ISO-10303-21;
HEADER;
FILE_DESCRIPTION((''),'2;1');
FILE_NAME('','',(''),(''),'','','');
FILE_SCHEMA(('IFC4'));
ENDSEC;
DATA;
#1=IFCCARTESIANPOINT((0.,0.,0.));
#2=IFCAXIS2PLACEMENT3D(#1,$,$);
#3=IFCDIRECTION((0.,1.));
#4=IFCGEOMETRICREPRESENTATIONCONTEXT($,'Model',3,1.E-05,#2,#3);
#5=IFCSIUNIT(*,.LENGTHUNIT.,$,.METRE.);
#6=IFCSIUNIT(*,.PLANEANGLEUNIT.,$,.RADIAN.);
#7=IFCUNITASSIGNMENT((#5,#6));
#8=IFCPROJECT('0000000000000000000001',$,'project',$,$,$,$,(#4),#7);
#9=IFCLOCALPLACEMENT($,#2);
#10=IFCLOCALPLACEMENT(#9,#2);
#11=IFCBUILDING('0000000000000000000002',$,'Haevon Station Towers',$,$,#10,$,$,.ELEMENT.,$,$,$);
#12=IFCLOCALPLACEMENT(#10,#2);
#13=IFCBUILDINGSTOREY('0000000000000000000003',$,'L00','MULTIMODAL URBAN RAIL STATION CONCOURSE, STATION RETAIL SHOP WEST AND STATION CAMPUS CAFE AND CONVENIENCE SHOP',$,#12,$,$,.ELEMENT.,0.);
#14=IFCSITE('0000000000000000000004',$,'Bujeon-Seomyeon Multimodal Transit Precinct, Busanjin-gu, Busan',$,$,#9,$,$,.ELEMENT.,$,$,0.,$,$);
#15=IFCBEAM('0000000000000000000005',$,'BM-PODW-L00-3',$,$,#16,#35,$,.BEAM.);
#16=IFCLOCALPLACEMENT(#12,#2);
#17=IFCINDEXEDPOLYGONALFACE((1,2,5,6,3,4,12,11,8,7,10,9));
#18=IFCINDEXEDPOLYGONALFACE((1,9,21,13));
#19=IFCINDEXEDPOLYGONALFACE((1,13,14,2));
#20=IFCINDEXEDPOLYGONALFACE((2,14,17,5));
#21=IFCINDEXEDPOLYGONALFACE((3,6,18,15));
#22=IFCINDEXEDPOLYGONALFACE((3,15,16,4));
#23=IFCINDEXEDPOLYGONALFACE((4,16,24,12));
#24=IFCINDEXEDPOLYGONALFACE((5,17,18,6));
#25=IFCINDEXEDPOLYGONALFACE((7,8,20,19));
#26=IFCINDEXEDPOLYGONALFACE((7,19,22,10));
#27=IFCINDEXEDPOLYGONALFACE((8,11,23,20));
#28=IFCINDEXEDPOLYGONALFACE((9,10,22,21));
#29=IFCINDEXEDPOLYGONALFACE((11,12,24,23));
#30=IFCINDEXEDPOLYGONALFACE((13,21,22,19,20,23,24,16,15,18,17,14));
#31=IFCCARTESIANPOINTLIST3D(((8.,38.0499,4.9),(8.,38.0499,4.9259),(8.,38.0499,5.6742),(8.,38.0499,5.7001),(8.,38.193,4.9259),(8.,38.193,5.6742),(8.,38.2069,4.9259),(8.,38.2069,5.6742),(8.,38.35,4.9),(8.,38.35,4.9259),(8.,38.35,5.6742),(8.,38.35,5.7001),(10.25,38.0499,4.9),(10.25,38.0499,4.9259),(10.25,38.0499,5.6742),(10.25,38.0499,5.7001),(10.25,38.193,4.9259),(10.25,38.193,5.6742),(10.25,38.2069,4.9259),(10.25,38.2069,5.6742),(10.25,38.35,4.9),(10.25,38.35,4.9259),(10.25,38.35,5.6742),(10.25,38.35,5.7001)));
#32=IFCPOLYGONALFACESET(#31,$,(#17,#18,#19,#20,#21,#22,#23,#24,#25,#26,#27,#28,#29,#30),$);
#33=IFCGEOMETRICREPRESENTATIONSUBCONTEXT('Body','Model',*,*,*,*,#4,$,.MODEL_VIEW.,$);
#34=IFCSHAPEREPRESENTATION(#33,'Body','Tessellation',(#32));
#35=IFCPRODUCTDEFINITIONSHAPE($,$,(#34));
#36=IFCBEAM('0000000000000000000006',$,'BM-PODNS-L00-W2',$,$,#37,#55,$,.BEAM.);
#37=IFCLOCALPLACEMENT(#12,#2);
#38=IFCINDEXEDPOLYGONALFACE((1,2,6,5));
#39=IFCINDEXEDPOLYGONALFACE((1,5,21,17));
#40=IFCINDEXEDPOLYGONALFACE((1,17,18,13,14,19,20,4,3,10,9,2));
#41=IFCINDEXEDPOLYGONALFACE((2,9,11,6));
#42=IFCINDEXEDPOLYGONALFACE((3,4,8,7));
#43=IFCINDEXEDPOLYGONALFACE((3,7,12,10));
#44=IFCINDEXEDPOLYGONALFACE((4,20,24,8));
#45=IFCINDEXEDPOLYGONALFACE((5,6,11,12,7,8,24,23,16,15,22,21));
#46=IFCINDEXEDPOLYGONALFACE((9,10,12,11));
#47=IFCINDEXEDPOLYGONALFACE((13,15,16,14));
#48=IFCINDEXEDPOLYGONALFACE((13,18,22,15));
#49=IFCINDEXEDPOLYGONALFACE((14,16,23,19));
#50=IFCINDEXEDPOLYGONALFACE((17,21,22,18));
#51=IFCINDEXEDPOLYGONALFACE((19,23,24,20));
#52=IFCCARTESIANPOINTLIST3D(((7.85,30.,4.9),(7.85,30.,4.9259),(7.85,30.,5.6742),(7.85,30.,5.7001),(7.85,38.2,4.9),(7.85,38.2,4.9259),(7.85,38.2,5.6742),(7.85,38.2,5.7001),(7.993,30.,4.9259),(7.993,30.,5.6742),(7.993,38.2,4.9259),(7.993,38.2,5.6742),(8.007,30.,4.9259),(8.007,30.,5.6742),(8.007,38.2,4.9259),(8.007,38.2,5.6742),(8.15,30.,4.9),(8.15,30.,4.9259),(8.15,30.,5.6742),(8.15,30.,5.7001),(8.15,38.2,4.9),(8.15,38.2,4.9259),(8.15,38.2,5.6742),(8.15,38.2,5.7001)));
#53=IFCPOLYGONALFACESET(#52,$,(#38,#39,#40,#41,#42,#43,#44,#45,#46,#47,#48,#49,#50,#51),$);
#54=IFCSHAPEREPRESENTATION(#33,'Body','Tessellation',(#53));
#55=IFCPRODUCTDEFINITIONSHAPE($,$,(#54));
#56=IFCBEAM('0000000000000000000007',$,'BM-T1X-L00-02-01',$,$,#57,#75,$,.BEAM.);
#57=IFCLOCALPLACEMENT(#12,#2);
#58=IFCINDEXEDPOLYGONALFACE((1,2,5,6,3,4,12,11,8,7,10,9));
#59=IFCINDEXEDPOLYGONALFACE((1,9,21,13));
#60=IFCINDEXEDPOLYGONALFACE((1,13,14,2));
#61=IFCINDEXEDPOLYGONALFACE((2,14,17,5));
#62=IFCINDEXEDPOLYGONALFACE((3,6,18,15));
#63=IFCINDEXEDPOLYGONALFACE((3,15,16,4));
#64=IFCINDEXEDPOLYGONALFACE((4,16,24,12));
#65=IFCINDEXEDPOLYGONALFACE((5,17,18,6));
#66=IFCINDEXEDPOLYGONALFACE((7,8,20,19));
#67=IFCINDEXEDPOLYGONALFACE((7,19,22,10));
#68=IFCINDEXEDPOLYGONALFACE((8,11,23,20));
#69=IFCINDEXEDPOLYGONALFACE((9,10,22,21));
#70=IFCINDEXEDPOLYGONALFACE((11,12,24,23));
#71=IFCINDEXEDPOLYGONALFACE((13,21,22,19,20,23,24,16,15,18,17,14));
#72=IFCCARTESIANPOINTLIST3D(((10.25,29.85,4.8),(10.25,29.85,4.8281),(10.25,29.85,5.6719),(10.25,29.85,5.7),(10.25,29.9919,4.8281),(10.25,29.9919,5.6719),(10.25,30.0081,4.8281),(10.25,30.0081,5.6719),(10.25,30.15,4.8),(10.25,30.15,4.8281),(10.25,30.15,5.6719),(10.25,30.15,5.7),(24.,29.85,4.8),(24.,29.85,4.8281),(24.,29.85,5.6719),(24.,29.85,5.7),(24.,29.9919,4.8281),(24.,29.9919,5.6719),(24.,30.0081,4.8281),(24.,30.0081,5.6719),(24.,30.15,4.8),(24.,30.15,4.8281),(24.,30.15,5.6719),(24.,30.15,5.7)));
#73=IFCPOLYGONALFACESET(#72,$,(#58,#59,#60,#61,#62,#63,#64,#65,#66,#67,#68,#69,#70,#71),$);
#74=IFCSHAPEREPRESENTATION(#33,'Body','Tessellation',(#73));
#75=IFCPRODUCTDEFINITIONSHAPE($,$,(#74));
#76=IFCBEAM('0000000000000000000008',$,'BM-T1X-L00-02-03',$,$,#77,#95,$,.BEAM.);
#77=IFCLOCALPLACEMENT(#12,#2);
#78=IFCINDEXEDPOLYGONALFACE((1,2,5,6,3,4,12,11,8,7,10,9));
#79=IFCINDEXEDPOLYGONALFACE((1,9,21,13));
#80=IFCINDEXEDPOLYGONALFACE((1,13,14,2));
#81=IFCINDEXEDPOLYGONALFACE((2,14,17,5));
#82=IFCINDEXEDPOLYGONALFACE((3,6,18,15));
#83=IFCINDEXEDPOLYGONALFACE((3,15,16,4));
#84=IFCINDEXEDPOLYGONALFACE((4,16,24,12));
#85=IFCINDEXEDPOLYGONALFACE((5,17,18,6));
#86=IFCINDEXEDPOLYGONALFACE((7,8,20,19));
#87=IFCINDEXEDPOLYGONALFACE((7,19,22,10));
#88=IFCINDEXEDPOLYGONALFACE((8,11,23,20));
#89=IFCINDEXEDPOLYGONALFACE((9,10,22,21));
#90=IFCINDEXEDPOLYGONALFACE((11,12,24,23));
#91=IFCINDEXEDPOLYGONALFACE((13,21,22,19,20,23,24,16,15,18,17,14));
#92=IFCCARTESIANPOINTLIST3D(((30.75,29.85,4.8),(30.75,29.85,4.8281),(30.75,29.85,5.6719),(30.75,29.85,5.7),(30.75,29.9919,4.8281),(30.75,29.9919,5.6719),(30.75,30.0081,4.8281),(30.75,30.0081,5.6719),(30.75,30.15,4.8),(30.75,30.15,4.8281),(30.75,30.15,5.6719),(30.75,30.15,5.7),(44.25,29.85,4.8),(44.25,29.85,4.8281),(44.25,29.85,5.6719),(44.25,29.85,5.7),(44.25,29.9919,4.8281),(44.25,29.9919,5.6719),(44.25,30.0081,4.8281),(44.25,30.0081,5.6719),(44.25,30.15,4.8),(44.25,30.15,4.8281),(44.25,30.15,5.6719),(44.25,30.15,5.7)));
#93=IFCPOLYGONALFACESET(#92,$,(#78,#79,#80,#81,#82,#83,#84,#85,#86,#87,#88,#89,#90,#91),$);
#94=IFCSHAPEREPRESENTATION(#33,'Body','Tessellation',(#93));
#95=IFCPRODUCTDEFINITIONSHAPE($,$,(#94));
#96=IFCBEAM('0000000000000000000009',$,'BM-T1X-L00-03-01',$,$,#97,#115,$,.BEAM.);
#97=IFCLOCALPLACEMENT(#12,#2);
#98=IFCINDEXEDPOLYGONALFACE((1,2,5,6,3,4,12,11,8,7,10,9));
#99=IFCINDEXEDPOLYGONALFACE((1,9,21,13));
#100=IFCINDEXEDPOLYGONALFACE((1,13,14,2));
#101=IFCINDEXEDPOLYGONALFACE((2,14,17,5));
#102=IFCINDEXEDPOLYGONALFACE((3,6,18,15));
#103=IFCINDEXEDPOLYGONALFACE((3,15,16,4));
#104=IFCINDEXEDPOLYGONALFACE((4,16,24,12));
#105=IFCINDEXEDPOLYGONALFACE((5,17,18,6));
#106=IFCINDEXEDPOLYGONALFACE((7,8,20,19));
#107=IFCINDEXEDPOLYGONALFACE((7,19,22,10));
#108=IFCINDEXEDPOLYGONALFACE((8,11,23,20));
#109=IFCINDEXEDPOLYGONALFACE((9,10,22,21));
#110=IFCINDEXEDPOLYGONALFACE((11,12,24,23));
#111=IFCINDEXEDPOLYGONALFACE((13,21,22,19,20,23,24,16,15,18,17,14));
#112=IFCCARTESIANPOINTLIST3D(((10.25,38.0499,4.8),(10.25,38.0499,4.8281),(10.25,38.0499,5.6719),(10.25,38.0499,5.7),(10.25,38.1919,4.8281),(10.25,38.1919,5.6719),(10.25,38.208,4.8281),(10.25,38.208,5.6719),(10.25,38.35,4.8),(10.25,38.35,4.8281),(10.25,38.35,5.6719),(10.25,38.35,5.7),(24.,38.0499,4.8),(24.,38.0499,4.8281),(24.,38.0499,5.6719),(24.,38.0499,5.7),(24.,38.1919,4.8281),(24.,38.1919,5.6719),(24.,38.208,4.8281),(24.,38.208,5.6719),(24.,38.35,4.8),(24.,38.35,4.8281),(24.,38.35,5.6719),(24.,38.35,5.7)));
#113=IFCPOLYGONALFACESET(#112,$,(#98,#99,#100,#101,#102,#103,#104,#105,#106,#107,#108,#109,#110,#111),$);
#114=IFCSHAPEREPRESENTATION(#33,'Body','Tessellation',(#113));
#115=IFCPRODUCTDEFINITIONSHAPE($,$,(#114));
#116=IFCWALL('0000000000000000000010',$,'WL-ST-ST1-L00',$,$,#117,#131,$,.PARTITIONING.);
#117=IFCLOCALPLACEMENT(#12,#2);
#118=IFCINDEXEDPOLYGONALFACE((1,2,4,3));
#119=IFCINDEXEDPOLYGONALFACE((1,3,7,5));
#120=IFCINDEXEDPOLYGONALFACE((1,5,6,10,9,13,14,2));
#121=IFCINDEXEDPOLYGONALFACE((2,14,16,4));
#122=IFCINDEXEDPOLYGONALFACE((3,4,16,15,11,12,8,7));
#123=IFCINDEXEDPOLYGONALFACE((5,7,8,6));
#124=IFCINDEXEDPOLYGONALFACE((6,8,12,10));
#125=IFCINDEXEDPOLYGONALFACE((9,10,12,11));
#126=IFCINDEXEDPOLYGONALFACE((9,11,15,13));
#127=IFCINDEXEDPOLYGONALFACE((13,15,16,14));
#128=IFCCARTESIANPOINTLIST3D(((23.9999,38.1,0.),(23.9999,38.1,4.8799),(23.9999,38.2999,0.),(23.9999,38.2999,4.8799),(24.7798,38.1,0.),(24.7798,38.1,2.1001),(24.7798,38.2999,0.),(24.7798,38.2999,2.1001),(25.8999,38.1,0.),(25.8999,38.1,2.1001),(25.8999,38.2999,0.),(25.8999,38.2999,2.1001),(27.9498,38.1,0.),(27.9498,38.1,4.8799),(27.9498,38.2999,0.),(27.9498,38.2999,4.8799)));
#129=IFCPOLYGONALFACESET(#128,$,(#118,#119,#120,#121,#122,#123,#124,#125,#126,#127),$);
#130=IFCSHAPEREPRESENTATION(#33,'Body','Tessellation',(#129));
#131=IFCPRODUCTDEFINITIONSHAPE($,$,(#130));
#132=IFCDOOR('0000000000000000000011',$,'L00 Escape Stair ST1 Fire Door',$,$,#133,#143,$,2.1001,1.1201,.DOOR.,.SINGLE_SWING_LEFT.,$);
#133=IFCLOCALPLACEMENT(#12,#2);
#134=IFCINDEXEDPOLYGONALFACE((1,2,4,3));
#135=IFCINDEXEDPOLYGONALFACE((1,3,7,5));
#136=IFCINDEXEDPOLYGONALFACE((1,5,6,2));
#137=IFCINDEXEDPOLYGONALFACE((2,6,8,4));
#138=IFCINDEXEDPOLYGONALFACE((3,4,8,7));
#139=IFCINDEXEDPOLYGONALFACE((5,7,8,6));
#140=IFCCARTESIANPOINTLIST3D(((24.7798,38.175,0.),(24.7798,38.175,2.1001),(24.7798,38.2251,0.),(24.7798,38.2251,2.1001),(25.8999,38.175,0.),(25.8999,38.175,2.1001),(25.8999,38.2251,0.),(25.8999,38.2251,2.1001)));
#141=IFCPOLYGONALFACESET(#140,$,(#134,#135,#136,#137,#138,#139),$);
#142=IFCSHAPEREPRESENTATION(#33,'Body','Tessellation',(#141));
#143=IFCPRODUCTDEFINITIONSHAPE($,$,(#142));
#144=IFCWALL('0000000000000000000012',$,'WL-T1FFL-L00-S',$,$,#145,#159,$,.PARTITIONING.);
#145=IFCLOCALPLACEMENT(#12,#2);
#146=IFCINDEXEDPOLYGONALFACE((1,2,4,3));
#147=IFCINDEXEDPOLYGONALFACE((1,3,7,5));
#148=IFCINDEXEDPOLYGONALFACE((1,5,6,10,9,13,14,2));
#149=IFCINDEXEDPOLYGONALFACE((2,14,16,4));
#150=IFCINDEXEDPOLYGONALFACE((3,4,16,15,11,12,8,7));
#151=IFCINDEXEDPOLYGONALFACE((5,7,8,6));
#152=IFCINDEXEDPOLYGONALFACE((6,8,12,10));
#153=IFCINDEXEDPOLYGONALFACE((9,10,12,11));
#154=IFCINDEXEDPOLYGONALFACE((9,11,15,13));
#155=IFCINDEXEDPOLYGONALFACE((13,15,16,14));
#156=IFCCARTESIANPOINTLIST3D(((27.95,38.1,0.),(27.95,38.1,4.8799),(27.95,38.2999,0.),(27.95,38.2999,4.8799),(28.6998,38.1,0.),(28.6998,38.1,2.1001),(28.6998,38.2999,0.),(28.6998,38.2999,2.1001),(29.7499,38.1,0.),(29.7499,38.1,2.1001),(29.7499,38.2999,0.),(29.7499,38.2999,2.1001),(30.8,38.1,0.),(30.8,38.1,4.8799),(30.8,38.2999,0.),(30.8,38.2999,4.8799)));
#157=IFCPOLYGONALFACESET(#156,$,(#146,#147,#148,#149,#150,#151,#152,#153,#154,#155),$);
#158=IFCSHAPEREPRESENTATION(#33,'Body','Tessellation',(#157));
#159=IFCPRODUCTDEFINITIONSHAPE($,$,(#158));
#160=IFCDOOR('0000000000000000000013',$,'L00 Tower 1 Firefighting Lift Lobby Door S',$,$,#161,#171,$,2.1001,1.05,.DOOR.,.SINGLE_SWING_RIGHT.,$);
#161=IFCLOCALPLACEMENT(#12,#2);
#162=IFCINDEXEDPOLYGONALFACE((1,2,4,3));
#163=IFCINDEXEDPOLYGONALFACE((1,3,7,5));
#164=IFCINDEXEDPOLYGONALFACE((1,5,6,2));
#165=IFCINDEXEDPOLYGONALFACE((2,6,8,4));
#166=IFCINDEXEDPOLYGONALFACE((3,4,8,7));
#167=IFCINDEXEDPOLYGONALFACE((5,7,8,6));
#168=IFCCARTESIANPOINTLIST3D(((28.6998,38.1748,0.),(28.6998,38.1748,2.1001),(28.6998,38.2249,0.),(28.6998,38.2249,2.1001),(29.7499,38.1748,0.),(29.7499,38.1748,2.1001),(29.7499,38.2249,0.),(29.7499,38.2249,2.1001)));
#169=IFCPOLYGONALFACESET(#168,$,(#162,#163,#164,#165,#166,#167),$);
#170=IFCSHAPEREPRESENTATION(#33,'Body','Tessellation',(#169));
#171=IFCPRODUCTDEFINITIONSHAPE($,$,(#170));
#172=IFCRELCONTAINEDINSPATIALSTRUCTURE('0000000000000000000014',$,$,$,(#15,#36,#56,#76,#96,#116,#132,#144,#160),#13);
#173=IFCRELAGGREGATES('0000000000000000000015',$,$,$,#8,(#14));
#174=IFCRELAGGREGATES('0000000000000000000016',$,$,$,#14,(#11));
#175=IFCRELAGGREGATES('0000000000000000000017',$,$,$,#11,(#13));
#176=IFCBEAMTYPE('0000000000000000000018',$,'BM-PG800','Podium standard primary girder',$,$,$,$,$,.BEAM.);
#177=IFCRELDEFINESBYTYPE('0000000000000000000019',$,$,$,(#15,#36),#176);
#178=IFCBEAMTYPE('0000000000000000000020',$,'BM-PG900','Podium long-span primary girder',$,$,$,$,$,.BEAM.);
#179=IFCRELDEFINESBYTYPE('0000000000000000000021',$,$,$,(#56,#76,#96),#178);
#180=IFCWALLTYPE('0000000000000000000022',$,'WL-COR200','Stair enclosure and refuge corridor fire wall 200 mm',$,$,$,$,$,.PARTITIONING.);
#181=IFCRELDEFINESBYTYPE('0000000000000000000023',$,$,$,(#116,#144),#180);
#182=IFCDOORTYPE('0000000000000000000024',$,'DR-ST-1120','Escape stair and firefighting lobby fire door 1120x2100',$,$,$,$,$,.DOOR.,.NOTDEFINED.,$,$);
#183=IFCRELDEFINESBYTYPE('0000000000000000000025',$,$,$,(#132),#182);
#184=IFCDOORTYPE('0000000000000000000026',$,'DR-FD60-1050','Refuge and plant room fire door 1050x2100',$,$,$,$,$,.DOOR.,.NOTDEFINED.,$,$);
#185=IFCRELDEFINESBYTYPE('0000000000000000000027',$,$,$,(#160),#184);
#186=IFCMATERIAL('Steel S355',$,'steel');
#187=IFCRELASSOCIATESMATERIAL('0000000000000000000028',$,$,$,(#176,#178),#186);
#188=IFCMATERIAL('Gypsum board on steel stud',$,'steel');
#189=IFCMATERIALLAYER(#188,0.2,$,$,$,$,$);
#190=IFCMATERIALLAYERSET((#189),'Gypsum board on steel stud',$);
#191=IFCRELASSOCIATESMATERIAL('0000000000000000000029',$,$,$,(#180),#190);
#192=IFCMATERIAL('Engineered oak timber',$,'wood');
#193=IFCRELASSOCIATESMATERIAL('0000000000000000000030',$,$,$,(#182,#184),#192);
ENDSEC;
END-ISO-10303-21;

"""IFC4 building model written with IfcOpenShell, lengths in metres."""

from ifc_helpers import new_model, si_unit, direction, frame, frame_2d, origin, origin_2d, place, context, subcontext, project, spatial, rectangle, i_section, extrude, material, layer, layer_set, material_profile, profile_set, type_object, element, fill, save


model = new_model("IFC4")

# Units and contexts
model_context = context("Model", 3, precision=1e-05, world=origin(), true_north=direction((0.0, 1.0)))
body_context = subcontext(model_context, "Body", "Model", "MODEL_VIEW")
ifc_project = project(units=[si_unit("LENGTHUNIT", "METRE"), si_unit("PLANEANGLEUNIT", "RADIAN")], contexts=[model_context])

# Site, building, storey
site_placement = place(None, origin())
site = spatial("IfcSite", under=ifc_project, at=site_placement, Name="Bujeon-Seomyeon Multimodal Transit Precinct, Busanjin-gu, Busan", CompositionType="ELEMENT", RefElevation=0.0)
building_placement = place(site_placement, origin())
building = spatial("IfcBuilding", under=site, at=building_placement, Name="Haevon Station Towers", CompositionType="ELEMENT")
storey_placement = place(building_placement, origin())
storey = spatial("IfcBuildingStorey", under=building, at=storey_placement, Name="L00", Description="MULTIMODAL URBAN RAIL STATION CONCOURSE, STATION RETAIL SHOP WEST AND STATION CAMPUS CAFE AND CONVENIENCE SHOP", CompositionType="ELEMENT", Elevation=0.0)

# Beams
ifc_material_1 = material(Name="Steel S355", Category="steel")
ifc_material_profile_1 = material_profile(ifc_material_1, i_section(OverallWidth=0.3, OverallDepth=0.8, WebThickness=0.0139, FlangeThickness=0.0259, at=origin_2d()), Name="H-800x300x14x26")
ifc_profile_set_1 = profile_set([ifc_material_profile_1], Name="Steel S355")
beam_type_1 = type_object("IfcBeamType", Name="BM-PG800", Description="Podium standard primary girder", PredefinedType="BEAM", material=ifc_profile_set_1)
beam_1_placement = place(storey_placement, frame((8.0, 38.2, 5.3), z_axis=(1.0, 0.0, 0.0), x_axis=(0.0, 1.0, 0.0)))
element("IfcBeam", 1, at=beam_1_placement, inside=storey, type_object=beam_type_1, Name="BM-PODW-L00-3", PredefinedType="BEAM", context=body_context, shape_type="SweptSolid", body=[
    extrude(i_section(OverallWidth=0.3, OverallDepth=0.8, WebThickness=0.0139, FlangeThickness=0.0259, at=origin_2d()), origin(), (0.0, 0.0, 1.0), 2.25),
])
beam_2_placement = place(storey_placement, frame((8.0, 30.0, 5.3), z_axis=(0.0, 1.0, 0.0), x_axis=(-1.0, 0.0, 0.0)))
element("IfcBeam", 2, at=beam_2_placement, inside=storey, type_object=beam_type_1, Name="BM-PODNS-L00-W2", PredefinedType="BEAM", context=body_context, shape_type="SweptSolid", body=[
    extrude(i_section(OverallWidth=0.3, OverallDepth=0.8, WebThickness=0.0139, FlangeThickness=0.0259, at=origin_2d()), origin(), (0.0, 0.0, 1.0), 8.2),
])
ifc_material_profile_2 = material_profile(ifc_material_1, i_section(OverallWidth=0.3, OverallDepth=0.8999, WebThickness=0.0161, FlangeThickness=0.0281, at=origin_2d()), Name="H-900x300x16x28")
ifc_profile_set_2 = profile_set([ifc_material_profile_2], Name="Steel S355")
beam_type_2 = type_object("IfcBeamType", Name="BM-PG900", Description="Podium long-span primary girder", PredefinedType="BEAM", material=ifc_profile_set_2)
beam_3_placement = place(storey_placement, frame((10.25, 30.0, 5.25), z_axis=(1.0, 0.0, 0.0), x_axis=(0.0, 1.0, 0.0)))
element("IfcBeam", 3, at=beam_3_placement, inside=storey, type_object=beam_type_2, Name="BM-T1X-L00-02-01", PredefinedType="BEAM", context=body_context, shape_type="SweptSolid", body=[
    extrude(i_section(OverallWidth=0.3, OverallDepth=0.8999, WebThickness=0.0161, FlangeThickness=0.0281, at=origin_2d()), origin(), (0.0, 0.0, 1.0), 13.75),
])
beam_4_placement = place(storey_placement, frame((30.75, 30.0, 5.25), z_axis=(1.0, 0.0, 0.0), x_axis=(0.0, 1.0, 0.0)))
element("IfcBeam", 4, at=beam_4_placement, inside=storey, type_object=beam_type_2, Name="BM-T1X-L00-02-03", PredefinedType="BEAM", context=body_context, shape_type="SweptSolid", body=[
    extrude(i_section(OverallWidth=0.3, OverallDepth=0.8999, WebThickness=0.0161, FlangeThickness=0.0281, at=origin_2d()), origin(), (0.0, 0.0, 1.0), 13.5),
])
beam_5_placement = place(storey_placement, frame((10.25, 38.2, 5.25), z_axis=(1.0, 0.0, 0.0), x_axis=(0.0, 1.0, 0.0)))
element("IfcBeam", 5, at=beam_5_placement, inside=storey, type_object=beam_type_2, Name="BM-T1X-L00-03-01", PredefinedType="BEAM", context=body_context, shape_type="SweptSolid", body=[
    extrude(i_section(OverallWidth=0.3, OverallDepth=0.8999, WebThickness=0.0161, FlangeThickness=0.0281, at=origin_2d()), origin(), (0.0, 0.0, 1.0), 13.75),
])

# Walls, openings, doors
ifc_material_2 = material(Name="Gypsum board on steel stud", Category="steel")
ifc_layer_1 = layer(ifc_material_2, 0.2)
ifc_layer_set_1 = layer_set([ifc_layer_1], Name="Gypsum board on steel stud")
wall_type_1 = type_object("IfcWallType", Name="WL-COR200", Description="Stair enclosure and refuge corridor fire wall 200 mm", PredefinedType="PARTITIONING", material=ifc_layer_set_1)
wall_1_placement = place(storey_placement, frame((27.95, 38.2, 0.0), z_axis=(0.0, 0.0, 1.0), x_axis=(-1.0, 0.0, 0.0)))
wall_1 = element("IfcWall", 6, at=wall_1_placement, inside=storey, type_object=wall_type_1, Name="WL-ST-ST1-L00", PredefinedType="PARTITIONING", context=body_context, shape_type="SweptSolid", body=[
    extrude(rectangle(XDim=3.95, YDim=0.2, at=frame_2d((1.9751, 0.0))), origin(), (0.0, 0.0, 1.0), 4.8799),
])
opening_1_placement = place(wall_1_placement, frame((2.05, 0.0, 0.0)))
opening_1 = element("IfcOpeningElement", 7, at=opening_1_placement, cuts=wall_1, PredefinedType="OPENING", context=body_context, shape_type="SweptSolid", body=[
    extrude(rectangle(XDim=1.1201, YDim=2.1001, at=frame_2d((0.5601, 1.05))), frame((0.0, 0.1099, 0.0), z_axis=(0.0, -1.0, 0.0), x_axis=(1.0, 0.0, 0.0)), (0.0, 0.0, 1.0), 0.22),
])
ifc_material_3 = material(Name="Engineered oak timber", Category="wood")
door_type_1 = type_object("IfcDoorType", Name="DR-ST-1120", Description="Escape stair and firefighting lobby fire door 1120x2100", OperationType="NOTDEFINED", PredefinedType="DOOR", material=ifc_material_3)
door_1_placement = place(opening_1_placement, origin())
door_1 = element("IfcDoor", 8, at=door_1_placement, inside=storey, type_object=door_type_1, Name="L00 Escape Stair ST1 Fire Door", OperationType="SINGLE_SWING_LEFT", OverallHeight=2.1001, OverallWidth=1.1201, PredefinedType="DOOR", context=body_context, shape_type="SweptSolid", body=[
    extrude(rectangle(XDim=1.1201, YDim=2.1001, at=frame_2d((0.5601, 1.05))), frame((0.0, 0.0249, 0.0), z_axis=(0.0, -1.0, 0.0), x_axis=(1.0, 0.0, 0.0)), (0.0, 0.0, 1.0), 0.05),
])
fill(opening_1, door_1)
wall_2_placement = place(storey_placement, frame((27.95, 38.2, 0.0), z_axis=(0.0, 0.0, 1.0), x_axis=(1.0, 0.0, 0.0)))
wall_2 = element("IfcWall", 9, at=wall_2_placement, inside=storey, type_object=wall_type_1, Name="WL-T1FFL-L00-S", PredefinedType="PARTITIONING", context=body_context, shape_type="SweptSolid", body=[
    extrude(rectangle(XDim=2.8501, YDim=0.2, at=frame_2d((1.425, 0.0))), origin(), (0.0, 0.0, 1.0), 4.8799),
])
opening_2_placement = place(wall_2_placement, frame((0.75, 0.0, 0.0)))
opening_2 = element("IfcOpeningElement", 10, at=opening_2_placement, cuts=wall_2, PredefinedType="OPENING", context=body_context, shape_type="SweptSolid", body=[
    extrude(rectangle(XDim=1.05, YDim=2.1001, at=frame_2d((0.5249, 1.05))), frame((0.0, 0.1099, 0.0), z_axis=(0.0, -1.0, 0.0), x_axis=(1.0, 0.0, 0.0)), (0.0, 0.0, 1.0), 0.22),
])
door_type_2 = type_object("IfcDoorType", Name="DR-FD60-1050", Description="Refuge and plant room fire door 1050x2100", OperationType="NOTDEFINED", PredefinedType="DOOR", material=ifc_material_3)
door_2_placement = place(opening_2_placement, origin())
door_2 = element("IfcDoor", 11, at=door_2_placement, inside=storey, type_object=door_type_2, Name="L00 Tower 1 Firefighting Lift Lobby Door S", OperationType="SINGLE_SWING_RIGHT", OverallHeight=2.1001, OverallWidth=1.05, PredefinedType="DOOR", context=body_context, shape_type="SweptSolid", body=[
    extrude(rectangle(XDim=1.05, YDim=2.1001, at=frame_2d((0.5249, 1.05))), frame((0.0, 0.0249, 0.0), z_axis=(0.0, -1.0, 0.0), x_axis=(1.0, 0.0, 0.0)), (0.0, 0.0, 1.0), 0.05),
])
fill(opening_2, door_2)

save(model, "model.ifc")
